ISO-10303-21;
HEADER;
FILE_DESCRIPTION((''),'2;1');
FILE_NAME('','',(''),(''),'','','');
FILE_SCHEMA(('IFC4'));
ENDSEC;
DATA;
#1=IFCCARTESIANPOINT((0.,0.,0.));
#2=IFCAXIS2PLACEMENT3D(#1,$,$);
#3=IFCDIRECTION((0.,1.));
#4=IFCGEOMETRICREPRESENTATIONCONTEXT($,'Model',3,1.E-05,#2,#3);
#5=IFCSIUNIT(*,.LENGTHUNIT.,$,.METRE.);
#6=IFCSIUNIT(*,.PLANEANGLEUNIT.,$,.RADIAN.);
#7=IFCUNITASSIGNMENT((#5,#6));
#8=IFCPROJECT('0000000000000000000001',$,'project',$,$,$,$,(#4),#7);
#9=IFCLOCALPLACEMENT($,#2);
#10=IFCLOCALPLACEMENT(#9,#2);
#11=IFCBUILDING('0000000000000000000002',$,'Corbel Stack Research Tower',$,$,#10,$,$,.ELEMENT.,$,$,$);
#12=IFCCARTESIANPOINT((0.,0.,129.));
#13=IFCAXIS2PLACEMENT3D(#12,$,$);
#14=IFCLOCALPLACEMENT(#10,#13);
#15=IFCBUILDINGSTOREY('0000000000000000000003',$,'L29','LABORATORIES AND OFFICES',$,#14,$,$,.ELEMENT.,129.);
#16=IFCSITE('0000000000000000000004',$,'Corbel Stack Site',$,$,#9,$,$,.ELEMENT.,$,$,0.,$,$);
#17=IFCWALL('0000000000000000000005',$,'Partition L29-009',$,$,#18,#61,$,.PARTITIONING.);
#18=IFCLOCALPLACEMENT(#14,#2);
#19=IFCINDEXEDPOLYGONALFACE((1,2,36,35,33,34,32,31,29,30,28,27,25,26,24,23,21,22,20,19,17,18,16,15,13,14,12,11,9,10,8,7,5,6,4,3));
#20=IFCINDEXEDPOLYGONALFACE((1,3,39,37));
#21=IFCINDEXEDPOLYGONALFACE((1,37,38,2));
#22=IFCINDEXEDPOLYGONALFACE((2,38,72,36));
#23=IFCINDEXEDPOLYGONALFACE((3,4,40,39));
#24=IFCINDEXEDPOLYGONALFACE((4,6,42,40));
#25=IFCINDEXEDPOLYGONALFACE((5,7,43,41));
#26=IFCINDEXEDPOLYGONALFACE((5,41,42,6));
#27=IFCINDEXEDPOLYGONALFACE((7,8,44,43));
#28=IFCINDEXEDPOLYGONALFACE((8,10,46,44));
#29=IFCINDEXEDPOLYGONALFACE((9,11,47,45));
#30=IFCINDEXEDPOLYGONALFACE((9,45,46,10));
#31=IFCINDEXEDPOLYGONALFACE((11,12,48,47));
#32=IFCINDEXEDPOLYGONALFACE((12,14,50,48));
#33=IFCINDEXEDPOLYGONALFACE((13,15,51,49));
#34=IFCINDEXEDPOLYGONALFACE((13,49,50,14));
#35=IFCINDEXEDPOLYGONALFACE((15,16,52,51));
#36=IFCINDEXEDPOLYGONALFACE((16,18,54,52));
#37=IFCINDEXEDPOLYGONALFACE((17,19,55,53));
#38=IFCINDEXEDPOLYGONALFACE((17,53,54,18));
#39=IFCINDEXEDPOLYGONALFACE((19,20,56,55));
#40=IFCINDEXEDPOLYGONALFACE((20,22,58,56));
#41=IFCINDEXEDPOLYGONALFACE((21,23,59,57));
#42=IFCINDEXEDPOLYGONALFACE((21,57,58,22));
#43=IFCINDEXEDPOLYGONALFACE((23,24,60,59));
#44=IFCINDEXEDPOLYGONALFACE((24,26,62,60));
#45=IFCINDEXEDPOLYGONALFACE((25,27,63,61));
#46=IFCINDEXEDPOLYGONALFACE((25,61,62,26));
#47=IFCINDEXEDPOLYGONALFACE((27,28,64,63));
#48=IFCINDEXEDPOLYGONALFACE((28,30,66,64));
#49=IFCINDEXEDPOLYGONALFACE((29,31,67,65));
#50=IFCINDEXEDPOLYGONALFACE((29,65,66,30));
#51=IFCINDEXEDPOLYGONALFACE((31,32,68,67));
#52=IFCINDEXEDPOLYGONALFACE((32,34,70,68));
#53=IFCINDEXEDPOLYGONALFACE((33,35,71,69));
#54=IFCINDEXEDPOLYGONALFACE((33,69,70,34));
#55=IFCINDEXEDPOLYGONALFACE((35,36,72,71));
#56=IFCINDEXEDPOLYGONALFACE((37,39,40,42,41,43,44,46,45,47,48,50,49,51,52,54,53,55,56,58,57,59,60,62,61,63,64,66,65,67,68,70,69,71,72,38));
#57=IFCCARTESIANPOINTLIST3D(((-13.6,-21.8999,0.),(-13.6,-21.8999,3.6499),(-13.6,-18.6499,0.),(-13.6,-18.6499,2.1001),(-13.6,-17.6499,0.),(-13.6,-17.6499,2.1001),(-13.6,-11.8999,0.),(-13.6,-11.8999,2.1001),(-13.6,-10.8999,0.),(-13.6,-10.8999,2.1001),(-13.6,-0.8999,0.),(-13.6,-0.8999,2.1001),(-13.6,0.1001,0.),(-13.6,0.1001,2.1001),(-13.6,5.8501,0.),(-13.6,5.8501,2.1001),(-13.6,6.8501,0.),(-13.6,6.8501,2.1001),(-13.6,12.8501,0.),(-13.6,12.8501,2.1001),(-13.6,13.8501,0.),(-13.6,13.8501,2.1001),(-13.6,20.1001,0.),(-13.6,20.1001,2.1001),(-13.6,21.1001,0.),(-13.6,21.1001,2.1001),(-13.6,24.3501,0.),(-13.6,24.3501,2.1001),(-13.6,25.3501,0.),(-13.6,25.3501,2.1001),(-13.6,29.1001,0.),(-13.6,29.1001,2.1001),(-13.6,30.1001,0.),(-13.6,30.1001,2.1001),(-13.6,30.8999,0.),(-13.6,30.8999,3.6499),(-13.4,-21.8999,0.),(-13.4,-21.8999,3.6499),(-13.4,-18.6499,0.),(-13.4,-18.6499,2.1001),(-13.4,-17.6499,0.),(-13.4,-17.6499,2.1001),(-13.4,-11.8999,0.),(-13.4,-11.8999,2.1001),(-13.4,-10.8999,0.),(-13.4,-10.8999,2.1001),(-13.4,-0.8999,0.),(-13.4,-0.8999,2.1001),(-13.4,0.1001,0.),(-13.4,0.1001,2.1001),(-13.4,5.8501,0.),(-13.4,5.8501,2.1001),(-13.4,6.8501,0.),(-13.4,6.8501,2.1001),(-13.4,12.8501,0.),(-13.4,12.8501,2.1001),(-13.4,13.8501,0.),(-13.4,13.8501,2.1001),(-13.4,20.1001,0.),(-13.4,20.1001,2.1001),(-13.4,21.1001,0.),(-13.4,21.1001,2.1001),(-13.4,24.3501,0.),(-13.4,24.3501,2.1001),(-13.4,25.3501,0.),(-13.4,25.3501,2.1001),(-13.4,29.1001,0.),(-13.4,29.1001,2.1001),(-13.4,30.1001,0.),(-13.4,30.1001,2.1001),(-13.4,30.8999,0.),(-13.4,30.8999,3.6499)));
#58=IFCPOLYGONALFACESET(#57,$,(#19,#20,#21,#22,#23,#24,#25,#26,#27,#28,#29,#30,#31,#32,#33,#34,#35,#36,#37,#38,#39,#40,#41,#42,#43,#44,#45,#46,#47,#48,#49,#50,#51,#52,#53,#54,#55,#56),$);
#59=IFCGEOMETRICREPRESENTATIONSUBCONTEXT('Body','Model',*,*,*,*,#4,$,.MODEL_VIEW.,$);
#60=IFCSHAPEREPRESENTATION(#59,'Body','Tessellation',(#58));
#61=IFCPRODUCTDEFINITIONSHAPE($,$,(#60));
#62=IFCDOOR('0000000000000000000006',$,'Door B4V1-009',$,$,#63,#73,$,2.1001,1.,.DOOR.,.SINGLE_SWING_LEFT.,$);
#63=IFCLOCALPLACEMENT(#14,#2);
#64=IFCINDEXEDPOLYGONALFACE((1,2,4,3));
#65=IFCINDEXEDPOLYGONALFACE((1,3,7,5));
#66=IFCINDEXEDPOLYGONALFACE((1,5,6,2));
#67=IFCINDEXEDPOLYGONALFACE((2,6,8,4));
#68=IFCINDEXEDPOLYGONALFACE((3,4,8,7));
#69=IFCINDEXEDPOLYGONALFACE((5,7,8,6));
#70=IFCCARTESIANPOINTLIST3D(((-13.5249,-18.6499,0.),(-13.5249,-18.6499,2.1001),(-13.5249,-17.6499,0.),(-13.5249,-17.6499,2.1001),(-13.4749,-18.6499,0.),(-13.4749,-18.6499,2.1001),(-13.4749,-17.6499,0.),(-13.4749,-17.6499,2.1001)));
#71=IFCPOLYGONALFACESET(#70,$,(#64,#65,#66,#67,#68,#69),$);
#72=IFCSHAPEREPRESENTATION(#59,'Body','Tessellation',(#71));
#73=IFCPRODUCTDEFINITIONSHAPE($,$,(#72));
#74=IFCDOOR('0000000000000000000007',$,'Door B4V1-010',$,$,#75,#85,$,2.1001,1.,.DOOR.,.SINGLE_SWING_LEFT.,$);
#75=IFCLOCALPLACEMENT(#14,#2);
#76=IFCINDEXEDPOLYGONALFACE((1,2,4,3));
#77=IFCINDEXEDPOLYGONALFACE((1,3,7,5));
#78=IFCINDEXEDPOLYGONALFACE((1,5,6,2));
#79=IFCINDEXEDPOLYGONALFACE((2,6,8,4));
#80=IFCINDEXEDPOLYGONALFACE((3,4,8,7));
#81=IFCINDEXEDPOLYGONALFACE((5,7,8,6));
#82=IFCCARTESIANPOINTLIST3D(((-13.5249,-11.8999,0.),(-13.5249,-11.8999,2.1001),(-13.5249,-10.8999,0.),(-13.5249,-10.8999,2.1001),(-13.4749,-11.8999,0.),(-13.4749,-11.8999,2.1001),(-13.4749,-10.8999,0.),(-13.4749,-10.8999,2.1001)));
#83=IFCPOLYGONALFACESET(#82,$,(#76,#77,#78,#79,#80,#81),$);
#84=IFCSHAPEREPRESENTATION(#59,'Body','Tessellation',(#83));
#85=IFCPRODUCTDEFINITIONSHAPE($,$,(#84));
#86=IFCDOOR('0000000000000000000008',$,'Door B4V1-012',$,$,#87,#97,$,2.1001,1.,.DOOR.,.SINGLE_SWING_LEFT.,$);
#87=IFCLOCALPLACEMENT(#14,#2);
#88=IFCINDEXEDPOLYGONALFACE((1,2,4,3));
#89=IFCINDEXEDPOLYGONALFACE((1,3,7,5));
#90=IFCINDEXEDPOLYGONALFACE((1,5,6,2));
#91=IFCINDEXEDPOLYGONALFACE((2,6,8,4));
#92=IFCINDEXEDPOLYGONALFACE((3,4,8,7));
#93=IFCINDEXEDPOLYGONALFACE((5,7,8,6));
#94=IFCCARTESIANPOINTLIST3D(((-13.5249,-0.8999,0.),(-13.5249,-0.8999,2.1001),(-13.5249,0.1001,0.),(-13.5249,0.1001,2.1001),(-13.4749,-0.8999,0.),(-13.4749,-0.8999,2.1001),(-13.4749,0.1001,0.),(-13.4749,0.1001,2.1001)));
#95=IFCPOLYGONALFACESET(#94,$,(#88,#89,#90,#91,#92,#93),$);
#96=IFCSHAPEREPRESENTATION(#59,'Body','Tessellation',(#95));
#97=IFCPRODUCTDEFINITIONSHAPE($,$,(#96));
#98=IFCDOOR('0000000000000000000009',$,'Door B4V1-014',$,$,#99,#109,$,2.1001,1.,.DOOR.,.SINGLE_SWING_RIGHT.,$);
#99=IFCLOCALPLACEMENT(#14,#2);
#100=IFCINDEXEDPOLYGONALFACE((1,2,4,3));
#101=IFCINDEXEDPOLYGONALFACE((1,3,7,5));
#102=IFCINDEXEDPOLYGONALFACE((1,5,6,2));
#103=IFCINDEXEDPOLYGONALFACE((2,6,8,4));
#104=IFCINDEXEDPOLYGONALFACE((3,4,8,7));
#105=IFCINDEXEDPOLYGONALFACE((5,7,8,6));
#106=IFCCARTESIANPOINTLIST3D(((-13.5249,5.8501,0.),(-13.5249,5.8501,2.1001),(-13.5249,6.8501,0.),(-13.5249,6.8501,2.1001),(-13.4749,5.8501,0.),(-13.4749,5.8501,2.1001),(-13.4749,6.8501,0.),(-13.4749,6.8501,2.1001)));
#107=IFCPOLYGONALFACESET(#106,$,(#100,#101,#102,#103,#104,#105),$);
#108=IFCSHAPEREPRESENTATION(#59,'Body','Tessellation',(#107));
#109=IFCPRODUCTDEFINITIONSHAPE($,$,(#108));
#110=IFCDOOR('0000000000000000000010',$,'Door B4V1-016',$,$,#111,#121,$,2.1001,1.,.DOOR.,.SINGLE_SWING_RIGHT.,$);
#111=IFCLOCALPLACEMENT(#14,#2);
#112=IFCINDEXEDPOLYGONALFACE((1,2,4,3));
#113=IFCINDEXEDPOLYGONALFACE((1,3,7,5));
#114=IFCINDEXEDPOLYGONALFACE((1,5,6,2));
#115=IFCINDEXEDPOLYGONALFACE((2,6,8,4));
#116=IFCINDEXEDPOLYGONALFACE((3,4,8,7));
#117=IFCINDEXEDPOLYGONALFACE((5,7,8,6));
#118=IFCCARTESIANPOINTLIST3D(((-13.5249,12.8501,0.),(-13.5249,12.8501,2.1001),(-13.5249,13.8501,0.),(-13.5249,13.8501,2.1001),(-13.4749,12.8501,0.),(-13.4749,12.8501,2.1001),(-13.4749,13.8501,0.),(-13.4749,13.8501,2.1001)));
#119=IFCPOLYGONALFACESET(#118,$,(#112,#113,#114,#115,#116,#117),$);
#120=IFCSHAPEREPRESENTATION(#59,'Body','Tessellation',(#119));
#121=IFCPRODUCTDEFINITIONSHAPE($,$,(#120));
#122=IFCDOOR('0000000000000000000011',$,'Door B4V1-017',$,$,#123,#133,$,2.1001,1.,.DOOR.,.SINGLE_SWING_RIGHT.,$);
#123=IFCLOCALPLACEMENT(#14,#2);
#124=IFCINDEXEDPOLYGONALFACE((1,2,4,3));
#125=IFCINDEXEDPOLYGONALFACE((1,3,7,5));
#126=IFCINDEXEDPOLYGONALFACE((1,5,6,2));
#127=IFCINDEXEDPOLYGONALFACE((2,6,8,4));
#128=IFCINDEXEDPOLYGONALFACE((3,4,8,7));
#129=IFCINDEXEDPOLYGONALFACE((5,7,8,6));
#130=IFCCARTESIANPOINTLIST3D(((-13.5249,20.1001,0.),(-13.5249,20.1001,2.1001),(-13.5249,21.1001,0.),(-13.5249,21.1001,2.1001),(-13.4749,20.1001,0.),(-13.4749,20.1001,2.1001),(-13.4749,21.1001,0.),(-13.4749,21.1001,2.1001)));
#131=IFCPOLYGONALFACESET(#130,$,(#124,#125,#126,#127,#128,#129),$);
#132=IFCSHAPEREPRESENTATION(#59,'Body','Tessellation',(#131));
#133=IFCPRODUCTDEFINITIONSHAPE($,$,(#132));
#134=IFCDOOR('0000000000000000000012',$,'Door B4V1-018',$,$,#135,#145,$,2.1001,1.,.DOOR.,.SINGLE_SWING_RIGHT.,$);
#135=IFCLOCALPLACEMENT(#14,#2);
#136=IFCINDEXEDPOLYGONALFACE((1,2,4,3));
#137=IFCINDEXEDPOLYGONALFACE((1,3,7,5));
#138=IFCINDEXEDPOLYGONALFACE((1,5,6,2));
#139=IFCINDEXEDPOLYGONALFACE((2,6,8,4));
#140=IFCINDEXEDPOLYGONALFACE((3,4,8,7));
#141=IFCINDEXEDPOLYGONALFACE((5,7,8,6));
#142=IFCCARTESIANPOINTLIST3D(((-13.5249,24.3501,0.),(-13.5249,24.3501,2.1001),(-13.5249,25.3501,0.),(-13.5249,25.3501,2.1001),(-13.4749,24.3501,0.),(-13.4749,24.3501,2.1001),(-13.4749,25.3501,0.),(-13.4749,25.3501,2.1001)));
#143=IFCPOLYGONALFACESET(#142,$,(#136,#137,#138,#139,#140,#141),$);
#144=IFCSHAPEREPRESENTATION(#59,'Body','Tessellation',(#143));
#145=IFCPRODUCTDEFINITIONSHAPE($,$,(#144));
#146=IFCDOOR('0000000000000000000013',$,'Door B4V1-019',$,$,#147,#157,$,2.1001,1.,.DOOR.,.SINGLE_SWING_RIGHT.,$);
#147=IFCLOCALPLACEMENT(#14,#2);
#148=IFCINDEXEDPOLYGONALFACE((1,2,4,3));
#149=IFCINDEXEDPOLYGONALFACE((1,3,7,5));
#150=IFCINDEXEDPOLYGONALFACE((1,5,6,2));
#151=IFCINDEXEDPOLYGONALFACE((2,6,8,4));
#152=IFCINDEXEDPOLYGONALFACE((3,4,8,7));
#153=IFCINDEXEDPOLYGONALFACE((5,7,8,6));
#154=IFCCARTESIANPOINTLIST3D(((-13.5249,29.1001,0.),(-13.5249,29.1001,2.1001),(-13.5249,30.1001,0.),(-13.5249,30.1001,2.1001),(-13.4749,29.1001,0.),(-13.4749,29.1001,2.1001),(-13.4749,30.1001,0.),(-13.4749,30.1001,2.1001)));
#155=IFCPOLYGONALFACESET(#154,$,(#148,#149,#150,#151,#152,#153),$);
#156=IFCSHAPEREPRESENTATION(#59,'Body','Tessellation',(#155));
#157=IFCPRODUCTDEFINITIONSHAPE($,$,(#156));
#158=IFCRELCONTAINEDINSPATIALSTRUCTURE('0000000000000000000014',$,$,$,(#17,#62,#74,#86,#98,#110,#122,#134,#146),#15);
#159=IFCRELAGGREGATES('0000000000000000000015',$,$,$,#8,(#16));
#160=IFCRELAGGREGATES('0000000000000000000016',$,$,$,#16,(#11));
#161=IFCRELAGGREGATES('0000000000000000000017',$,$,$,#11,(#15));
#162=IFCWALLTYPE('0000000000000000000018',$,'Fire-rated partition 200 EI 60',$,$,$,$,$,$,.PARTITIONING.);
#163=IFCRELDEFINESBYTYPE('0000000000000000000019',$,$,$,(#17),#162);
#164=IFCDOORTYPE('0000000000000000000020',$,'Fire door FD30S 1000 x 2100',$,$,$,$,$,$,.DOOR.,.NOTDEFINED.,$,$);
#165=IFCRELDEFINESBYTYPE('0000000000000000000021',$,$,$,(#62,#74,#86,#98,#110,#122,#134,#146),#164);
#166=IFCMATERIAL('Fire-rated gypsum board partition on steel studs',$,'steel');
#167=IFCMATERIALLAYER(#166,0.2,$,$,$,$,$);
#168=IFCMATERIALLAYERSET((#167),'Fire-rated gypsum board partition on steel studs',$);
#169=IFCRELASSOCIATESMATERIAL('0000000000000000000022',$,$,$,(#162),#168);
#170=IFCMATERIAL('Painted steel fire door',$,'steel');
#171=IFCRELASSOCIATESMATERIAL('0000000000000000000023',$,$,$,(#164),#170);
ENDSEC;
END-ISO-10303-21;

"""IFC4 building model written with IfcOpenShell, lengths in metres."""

from ifc_helpers import new_model, si_unit, direction, frame, frame_2d, origin, place, context, subcontext, project, spatial, rectangle, extrude, material, layer, layer_set, type_object, element, fill, save


model = new_model("IFC4")

# Units and contexts
model_context = context("Model", 3, precision=1e-05, world=origin(), true_north=direction((0.0, 1.0)))
body_context = subcontext(model_context, "Body", "Model", "MODEL_VIEW")
ifc_project = project(units=[si_unit("LENGTHUNIT", "METRE"), si_unit("PLANEANGLEUNIT", "RADIAN")], contexts=[model_context])

# Site, building, storey
site_placement = place(None, origin())
site = spatial("IfcSite", under=ifc_project, at=site_placement, Name="Corbel Stack Site", CompositionType="ELEMENT", RefElevation=0.0)
building_placement = place(site_placement, origin())
building = spatial("IfcBuilding", under=site, at=building_placement, Name="Corbel Stack Research Tower", CompositionType="ELEMENT")
storey_placement = place(building_placement, frame((0.0, 0.0, 129.0)))
storey = spatial("IfcBuildingStorey", under=building, at=storey_placement, Name="L29", Description="LABORATORIES AND OFFICES", CompositionType="ELEMENT", Elevation=129.0)

# Wall, openings, doors
ifc_material_1 = material(Name="Fire-rated gypsum board partition on steel studs", Category="steel")
ifc_layer_1 = layer(ifc_material_1, 0.2)
ifc_layer_set_1 = layer_set([ifc_layer_1], Name="Fire-rated gypsum board partition on steel studs")
wall_type_1 = type_object("IfcWallType", Name="Fire-rated partition 200 EI 60", PredefinedType="PARTITIONING", material=ifc_layer_set_1)
wall_1_placement = place(storey_placement, frame((-13.5, -21.8999, 0.0), z_axis=(0.0, 0.0, 1.0), x_axis=(0.0, 1.0, 0.0)))
wall_1 = element("IfcWall", 1, at=wall_1_placement, inside=storey, type_object=wall_type_1, Name="Partition L29-009", PredefinedType="PARTITIONING", context=body_context, shape_type="SweptSolid", body=[
    extrude(rectangle(XDim=52.7998, YDim=0.2, at=frame_2d((26.3999, 0.0))), origin(), (0.0, 0.0, 1.0), 3.6499),
])
opening_1_placement = place(wall_1_placement, frame((3.25, 0.0, 0.0)))
opening_1 = element("IfcOpeningElement", 2, at=opening_1_placement, cuts=wall_1, PredefinedType="OPENING", context=body_context, shape_type="SweptSolid", body=[
    extrude(rectangle(XDim=1.0, YDim=2.1001, at=frame_2d((0.5, 1.05))), frame((0.0, 0.1099, 0.0), z_axis=(0.0, -1.0, 0.0), x_axis=(1.0, 0.0, 0.0)), (0.0, 0.0, 1.0), 0.22),
])
opening_2_placement = place(wall_1_placement, frame((10.0, 0.0, 0.0)))
opening_2 = element("IfcOpeningElement", 3, at=opening_2_placement, cuts=wall_1, PredefinedType="OPENING", context=body_context, shape_type="SweptSolid", body=[
    extrude(rectangle(XDim=1.0, YDim=2.1001, at=frame_2d((0.5, 1.05))), frame((0.0, 0.1099, 0.0), z_axis=(0.0, -1.0, 0.0), x_axis=(1.0, 0.0, 0.0)), (0.0, 0.0, 1.0), 0.22),
])
opening_3_placement = place(wall_1_placement, frame((21.0, 0.0, 0.0)))
opening_3 = element("IfcOpeningElement", 4, at=opening_3_placement, cuts=wall_1, PredefinedType="OPENING", context=body_context, shape_type="SweptSolid", body=[
    extrude(rectangle(XDim=1.0, YDim=2.1001, at=frame_2d((0.5, 1.05))), frame((0.0, 0.1099, 0.0), z_axis=(0.0, -1.0, 0.0), x_axis=(1.0, 0.0, 0.0)), (0.0, 0.0, 1.0), 0.22),
])
opening_4_placement = place(wall_1_placement, frame((27.75, 0.0, 0.0)))
opening_4 = element("IfcOpeningElement", 5, at=opening_4_placement, cuts=wall_1, PredefinedType="OPENING", context=body_context, shape_type="SweptSolid", body=[
    extrude(rectangle(XDim=1.0, YDim=2.1001, at=frame_2d((0.5, 1.05))), frame((0.0, 0.1099, 0.0), z_axis=(0.0, -1.0, 0.0), x_axis=(1.0, 0.0, 0.0)), (0.0, 0.0, 1.0), 0.22),
])
opening_5_placement = place(wall_1_placement, frame((34.75, 0.0, 0.0)))
opening_5 = element("IfcOpeningElement", 6, at=opening_5_placement, cuts=wall_1, PredefinedType="OPENING", context=body_context, shape_type="SweptSolid", body=[
    extrude(rectangle(XDim=1.0, YDim=2.1001, at=frame_2d((0.5, 1.05))), frame((0.0, 0.1099, 0.0), z_axis=(0.0, -1.0, 0.0), x_axis=(1.0, 0.0, 0.0)), (0.0, 0.0, 1.0), 0.22),
])
opening_6_placement = place(wall_1_placement, frame((42.0, 0.0, 0.0)))
opening_6 = element("IfcOpeningElement", 7, at=opening_6_placement, cuts=wall_1, PredefinedType="OPENING", context=body_context, shape_type="SweptSolid", body=[
    extrude(rectangle(XDim=1.0, YDim=2.1001, at=frame_2d((0.5, 1.05))), frame((0.0, 0.1099, 0.0), z_axis=(0.0, -1.0, 0.0), x_axis=(1.0, 0.0, 0.0)), (0.0, 0.0, 1.0), 0.22),
])
opening_7_placement = place(wall_1_placement, frame((46.25, 0.0, 0.0)))
opening_7 = element("IfcOpeningElement", 8, at=opening_7_placement, cuts=wall_1, PredefinedType="OPENING", context=body_context, shape_type="SweptSolid", body=[
    extrude(rectangle(XDim=1.0, YDim=2.1001, at=frame_2d((0.5, 1.05))), frame((0.0, 0.1099, 0.0), z_axis=(0.0, -1.0, 0.0), x_axis=(1.0, 0.0, 0.0)), (0.0, 0.0, 1.0), 0.22),
])
opening_8_placement = place(wall_1_placement, frame((51.0, 0.0, 0.0)))
opening_8 = element("IfcOpeningElement", 9, at=opening_8_placement, cuts=wall_1, PredefinedType="OPENING", context=body_context, shape_type="SweptSolid", body=[
    extrude(rectangle(XDim=1.0, YDim=2.1001, at=frame_2d((0.5, 1.05))), frame((0.0, 0.1099, 0.0), z_axis=(0.0, -1.0, 0.0), x_axis=(1.0, 0.0, 0.0)), (0.0, 0.0, 1.0), 0.22),
])
ifc_material_2 = material(Name="Painted steel fire door", Category="steel")
door_type_1 = type_object("IfcDoorType", Name="Fire door FD30S 1000 x 2100", OperationType="NOTDEFINED", PredefinedType="DOOR", material=ifc_material_2)
door_1_placement = place(opening_1_placement, origin())
door_1 = element("IfcDoor", 10, at=door_1_placement, inside=storey, type_object=door_type_1, Name="Door B4V1-009", OperationType="SINGLE_SWING_LEFT", OverallHeight=2.1001, OverallWidth=1.0, PredefinedType="DOOR", context=body_context, shape_type="SweptSolid", body=[
    extrude(rectangle(XDim=1.0, YDim=2.1001, at=frame_2d((0.5, 1.05))), frame((0.0, 0.0249, 0.0), z_axis=(0.0, -1.0, 0.0), x_axis=(1.0, 0.0, 0.0)), (0.0, 0.0, 1.0), 0.05),
])
fill(opening_1, door_1)
door_2_placement = place(opening_2_placement, origin())
door_2 = element("IfcDoor", 11, at=door_2_placement, inside=storey, type_object=door_type_1, Name="Door B4V1-010", OperationType="SINGLE_SWING_LEFT", OverallHeight=2.1001, OverallWidth=1.0, PredefinedType="DOOR", context=body_context, shape_type="SweptSolid", body=[
    extrude(rectangle(XDim=1.0, YDim=2.1001, at=frame_2d((0.5, 1.05))), frame((0.0, 0.0249, 0.0), z_axis=(0.0, -1.0, 0.0), x_axis=(1.0, 0.0, 0.0)), (0.0, 0.0, 1.0), 0.05),
])
fill(opening_2, door_2)
door_3_placement = place(opening_3_placement, origin())
door_3 = element("IfcDoor", 12, at=door_3_placement, inside=storey, type_object=door_type_1, Name="Door B4V1-012", OperationType="SINGLE_SWING_LEFT", OverallHeight=2.1001, OverallWidth=1.0, PredefinedType="DOOR", context=body_context, shape_type="SweptSolid", body=[
    extrude(rectangle(XDim=1.0, YDim=2.1001, at=frame_2d((0.5, 1.05))), frame((0.0, 0.0249, 0.0), z_axis=(0.0, -1.0, 0.0), x_axis=(1.0, 0.0, 0.0)), (0.0, 0.0, 1.0), 0.05),
])
fill(opening_3, door_3)
door_4_placement = place(opening_4_placement, origin())
door_4 = element("IfcDoor", 13, at=door_4_placement, inside=storey, type_object=door_type_1, Name="Door B4V1-014", OperationType="SINGLE_SWING_RIGHT", OverallHeight=2.1001, OverallWidth=1.0, PredefinedType="DOOR", context=body_context, shape_type="SweptSolid", body=[
    extrude(rectangle(XDim=1.0, YDim=2.1001, at=frame_2d((0.5, 1.05))), frame((0.0, 0.0249, 0.0), z_axis=(0.0, -1.0, 0.0), x_axis=(1.0, 0.0, 0.0)), (0.0, 0.0, 1.0), 0.05),
])
fill(opening_4, door_4)
door_5_placement = place(opening_5_placement, origin())
door_5 = element("IfcDoor", 14, at=door_5_placement, inside=storey, type_object=door_type_1, Name="Door B4V1-016", OperationType="SINGLE_SWING_RIGHT", OverallHeight=2.1001, OverallWidth=1.0, PredefinedType="DOOR", context=body_context, shape_type="SweptSolid", body=[
    extrude(rectangle(XDim=1.0, YDim=2.1001, at=frame_2d((0.5, 1.05))), frame((0.0, 0.0249, 0.0), z_axis=(0.0, -1.0, 0.0), x_axis=(1.0, 0.0, 0.0)), (0.0, 0.0, 1.0), 0.05),
])
fill(opening_5, door_5)
door_6_placement = place(opening_6_placement, origin())
door_6 = element("IfcDoor", 15, at=door_6_placement, inside=storey, type_object=door_type_1, Name="Door B4V1-017", OperationType="SINGLE_SWING_RIGHT", OverallHeight=2.1001, OverallWidth=1.0, PredefinedType="DOOR", context=body_context, shape_type="SweptSolid", body=[
    extrude(rectangle(XDim=1.0, YDim=2.1001, at=frame_2d((0.5, 1.05))), frame((0.0, 0.0249, 0.0), z_axis=(0.0, -1.0, 0.0), x_axis=(1.0, 0.0, 0.0)), (0.0, 0.0, 1.0), 0.05),
])
fill(opening_6, door_6)
door_7_placement = place(opening_7_placement, origin())
door_7 = element("IfcDoor", 16, at=door_7_placement, inside=storey, type_object=door_type_1, Name="Door B4V1-018", OperationType="SINGLE_SWING_RIGHT", OverallHeight=2.1001, OverallWidth=1.0, PredefinedType="DOOR", context=body_context, shape_type="SweptSolid", body=[
    extrude(rectangle(XDim=1.0, YDim=2.1001, at=frame_2d((0.5, 1.05))), frame((0.0, 0.0249, 0.0), z_axis=(0.0, -1.0, 0.0), x_axis=(1.0, 0.0, 0.0)), (0.0, 0.0, 1.0), 0.05),
])
fill(opening_7, door_7)
door_8_placement = place(opening_8_placement, origin())
door_8 = element("IfcDoor", 17, at=door_8_placement, inside=storey, type_object=door_type_1, Name="Door B4V1-019", OperationType="SINGLE_SWING_RIGHT", OverallHeight=2.1001, OverallWidth=1.0, PredefinedType="DOOR", context=body_context, shape_type="SweptSolid", body=[
    extrude(rectangle(XDim=1.0, YDim=2.1001, at=frame_2d((0.5, 1.05))), frame((0.0, 0.0249, 0.0), z_axis=(0.0, -1.0, 0.0), x_axis=(1.0, 0.0, 0.0)), (0.0, 0.0, 1.0), 0.05),
])
fill(opening_8, door_8)

save(model, "model.ifc")
